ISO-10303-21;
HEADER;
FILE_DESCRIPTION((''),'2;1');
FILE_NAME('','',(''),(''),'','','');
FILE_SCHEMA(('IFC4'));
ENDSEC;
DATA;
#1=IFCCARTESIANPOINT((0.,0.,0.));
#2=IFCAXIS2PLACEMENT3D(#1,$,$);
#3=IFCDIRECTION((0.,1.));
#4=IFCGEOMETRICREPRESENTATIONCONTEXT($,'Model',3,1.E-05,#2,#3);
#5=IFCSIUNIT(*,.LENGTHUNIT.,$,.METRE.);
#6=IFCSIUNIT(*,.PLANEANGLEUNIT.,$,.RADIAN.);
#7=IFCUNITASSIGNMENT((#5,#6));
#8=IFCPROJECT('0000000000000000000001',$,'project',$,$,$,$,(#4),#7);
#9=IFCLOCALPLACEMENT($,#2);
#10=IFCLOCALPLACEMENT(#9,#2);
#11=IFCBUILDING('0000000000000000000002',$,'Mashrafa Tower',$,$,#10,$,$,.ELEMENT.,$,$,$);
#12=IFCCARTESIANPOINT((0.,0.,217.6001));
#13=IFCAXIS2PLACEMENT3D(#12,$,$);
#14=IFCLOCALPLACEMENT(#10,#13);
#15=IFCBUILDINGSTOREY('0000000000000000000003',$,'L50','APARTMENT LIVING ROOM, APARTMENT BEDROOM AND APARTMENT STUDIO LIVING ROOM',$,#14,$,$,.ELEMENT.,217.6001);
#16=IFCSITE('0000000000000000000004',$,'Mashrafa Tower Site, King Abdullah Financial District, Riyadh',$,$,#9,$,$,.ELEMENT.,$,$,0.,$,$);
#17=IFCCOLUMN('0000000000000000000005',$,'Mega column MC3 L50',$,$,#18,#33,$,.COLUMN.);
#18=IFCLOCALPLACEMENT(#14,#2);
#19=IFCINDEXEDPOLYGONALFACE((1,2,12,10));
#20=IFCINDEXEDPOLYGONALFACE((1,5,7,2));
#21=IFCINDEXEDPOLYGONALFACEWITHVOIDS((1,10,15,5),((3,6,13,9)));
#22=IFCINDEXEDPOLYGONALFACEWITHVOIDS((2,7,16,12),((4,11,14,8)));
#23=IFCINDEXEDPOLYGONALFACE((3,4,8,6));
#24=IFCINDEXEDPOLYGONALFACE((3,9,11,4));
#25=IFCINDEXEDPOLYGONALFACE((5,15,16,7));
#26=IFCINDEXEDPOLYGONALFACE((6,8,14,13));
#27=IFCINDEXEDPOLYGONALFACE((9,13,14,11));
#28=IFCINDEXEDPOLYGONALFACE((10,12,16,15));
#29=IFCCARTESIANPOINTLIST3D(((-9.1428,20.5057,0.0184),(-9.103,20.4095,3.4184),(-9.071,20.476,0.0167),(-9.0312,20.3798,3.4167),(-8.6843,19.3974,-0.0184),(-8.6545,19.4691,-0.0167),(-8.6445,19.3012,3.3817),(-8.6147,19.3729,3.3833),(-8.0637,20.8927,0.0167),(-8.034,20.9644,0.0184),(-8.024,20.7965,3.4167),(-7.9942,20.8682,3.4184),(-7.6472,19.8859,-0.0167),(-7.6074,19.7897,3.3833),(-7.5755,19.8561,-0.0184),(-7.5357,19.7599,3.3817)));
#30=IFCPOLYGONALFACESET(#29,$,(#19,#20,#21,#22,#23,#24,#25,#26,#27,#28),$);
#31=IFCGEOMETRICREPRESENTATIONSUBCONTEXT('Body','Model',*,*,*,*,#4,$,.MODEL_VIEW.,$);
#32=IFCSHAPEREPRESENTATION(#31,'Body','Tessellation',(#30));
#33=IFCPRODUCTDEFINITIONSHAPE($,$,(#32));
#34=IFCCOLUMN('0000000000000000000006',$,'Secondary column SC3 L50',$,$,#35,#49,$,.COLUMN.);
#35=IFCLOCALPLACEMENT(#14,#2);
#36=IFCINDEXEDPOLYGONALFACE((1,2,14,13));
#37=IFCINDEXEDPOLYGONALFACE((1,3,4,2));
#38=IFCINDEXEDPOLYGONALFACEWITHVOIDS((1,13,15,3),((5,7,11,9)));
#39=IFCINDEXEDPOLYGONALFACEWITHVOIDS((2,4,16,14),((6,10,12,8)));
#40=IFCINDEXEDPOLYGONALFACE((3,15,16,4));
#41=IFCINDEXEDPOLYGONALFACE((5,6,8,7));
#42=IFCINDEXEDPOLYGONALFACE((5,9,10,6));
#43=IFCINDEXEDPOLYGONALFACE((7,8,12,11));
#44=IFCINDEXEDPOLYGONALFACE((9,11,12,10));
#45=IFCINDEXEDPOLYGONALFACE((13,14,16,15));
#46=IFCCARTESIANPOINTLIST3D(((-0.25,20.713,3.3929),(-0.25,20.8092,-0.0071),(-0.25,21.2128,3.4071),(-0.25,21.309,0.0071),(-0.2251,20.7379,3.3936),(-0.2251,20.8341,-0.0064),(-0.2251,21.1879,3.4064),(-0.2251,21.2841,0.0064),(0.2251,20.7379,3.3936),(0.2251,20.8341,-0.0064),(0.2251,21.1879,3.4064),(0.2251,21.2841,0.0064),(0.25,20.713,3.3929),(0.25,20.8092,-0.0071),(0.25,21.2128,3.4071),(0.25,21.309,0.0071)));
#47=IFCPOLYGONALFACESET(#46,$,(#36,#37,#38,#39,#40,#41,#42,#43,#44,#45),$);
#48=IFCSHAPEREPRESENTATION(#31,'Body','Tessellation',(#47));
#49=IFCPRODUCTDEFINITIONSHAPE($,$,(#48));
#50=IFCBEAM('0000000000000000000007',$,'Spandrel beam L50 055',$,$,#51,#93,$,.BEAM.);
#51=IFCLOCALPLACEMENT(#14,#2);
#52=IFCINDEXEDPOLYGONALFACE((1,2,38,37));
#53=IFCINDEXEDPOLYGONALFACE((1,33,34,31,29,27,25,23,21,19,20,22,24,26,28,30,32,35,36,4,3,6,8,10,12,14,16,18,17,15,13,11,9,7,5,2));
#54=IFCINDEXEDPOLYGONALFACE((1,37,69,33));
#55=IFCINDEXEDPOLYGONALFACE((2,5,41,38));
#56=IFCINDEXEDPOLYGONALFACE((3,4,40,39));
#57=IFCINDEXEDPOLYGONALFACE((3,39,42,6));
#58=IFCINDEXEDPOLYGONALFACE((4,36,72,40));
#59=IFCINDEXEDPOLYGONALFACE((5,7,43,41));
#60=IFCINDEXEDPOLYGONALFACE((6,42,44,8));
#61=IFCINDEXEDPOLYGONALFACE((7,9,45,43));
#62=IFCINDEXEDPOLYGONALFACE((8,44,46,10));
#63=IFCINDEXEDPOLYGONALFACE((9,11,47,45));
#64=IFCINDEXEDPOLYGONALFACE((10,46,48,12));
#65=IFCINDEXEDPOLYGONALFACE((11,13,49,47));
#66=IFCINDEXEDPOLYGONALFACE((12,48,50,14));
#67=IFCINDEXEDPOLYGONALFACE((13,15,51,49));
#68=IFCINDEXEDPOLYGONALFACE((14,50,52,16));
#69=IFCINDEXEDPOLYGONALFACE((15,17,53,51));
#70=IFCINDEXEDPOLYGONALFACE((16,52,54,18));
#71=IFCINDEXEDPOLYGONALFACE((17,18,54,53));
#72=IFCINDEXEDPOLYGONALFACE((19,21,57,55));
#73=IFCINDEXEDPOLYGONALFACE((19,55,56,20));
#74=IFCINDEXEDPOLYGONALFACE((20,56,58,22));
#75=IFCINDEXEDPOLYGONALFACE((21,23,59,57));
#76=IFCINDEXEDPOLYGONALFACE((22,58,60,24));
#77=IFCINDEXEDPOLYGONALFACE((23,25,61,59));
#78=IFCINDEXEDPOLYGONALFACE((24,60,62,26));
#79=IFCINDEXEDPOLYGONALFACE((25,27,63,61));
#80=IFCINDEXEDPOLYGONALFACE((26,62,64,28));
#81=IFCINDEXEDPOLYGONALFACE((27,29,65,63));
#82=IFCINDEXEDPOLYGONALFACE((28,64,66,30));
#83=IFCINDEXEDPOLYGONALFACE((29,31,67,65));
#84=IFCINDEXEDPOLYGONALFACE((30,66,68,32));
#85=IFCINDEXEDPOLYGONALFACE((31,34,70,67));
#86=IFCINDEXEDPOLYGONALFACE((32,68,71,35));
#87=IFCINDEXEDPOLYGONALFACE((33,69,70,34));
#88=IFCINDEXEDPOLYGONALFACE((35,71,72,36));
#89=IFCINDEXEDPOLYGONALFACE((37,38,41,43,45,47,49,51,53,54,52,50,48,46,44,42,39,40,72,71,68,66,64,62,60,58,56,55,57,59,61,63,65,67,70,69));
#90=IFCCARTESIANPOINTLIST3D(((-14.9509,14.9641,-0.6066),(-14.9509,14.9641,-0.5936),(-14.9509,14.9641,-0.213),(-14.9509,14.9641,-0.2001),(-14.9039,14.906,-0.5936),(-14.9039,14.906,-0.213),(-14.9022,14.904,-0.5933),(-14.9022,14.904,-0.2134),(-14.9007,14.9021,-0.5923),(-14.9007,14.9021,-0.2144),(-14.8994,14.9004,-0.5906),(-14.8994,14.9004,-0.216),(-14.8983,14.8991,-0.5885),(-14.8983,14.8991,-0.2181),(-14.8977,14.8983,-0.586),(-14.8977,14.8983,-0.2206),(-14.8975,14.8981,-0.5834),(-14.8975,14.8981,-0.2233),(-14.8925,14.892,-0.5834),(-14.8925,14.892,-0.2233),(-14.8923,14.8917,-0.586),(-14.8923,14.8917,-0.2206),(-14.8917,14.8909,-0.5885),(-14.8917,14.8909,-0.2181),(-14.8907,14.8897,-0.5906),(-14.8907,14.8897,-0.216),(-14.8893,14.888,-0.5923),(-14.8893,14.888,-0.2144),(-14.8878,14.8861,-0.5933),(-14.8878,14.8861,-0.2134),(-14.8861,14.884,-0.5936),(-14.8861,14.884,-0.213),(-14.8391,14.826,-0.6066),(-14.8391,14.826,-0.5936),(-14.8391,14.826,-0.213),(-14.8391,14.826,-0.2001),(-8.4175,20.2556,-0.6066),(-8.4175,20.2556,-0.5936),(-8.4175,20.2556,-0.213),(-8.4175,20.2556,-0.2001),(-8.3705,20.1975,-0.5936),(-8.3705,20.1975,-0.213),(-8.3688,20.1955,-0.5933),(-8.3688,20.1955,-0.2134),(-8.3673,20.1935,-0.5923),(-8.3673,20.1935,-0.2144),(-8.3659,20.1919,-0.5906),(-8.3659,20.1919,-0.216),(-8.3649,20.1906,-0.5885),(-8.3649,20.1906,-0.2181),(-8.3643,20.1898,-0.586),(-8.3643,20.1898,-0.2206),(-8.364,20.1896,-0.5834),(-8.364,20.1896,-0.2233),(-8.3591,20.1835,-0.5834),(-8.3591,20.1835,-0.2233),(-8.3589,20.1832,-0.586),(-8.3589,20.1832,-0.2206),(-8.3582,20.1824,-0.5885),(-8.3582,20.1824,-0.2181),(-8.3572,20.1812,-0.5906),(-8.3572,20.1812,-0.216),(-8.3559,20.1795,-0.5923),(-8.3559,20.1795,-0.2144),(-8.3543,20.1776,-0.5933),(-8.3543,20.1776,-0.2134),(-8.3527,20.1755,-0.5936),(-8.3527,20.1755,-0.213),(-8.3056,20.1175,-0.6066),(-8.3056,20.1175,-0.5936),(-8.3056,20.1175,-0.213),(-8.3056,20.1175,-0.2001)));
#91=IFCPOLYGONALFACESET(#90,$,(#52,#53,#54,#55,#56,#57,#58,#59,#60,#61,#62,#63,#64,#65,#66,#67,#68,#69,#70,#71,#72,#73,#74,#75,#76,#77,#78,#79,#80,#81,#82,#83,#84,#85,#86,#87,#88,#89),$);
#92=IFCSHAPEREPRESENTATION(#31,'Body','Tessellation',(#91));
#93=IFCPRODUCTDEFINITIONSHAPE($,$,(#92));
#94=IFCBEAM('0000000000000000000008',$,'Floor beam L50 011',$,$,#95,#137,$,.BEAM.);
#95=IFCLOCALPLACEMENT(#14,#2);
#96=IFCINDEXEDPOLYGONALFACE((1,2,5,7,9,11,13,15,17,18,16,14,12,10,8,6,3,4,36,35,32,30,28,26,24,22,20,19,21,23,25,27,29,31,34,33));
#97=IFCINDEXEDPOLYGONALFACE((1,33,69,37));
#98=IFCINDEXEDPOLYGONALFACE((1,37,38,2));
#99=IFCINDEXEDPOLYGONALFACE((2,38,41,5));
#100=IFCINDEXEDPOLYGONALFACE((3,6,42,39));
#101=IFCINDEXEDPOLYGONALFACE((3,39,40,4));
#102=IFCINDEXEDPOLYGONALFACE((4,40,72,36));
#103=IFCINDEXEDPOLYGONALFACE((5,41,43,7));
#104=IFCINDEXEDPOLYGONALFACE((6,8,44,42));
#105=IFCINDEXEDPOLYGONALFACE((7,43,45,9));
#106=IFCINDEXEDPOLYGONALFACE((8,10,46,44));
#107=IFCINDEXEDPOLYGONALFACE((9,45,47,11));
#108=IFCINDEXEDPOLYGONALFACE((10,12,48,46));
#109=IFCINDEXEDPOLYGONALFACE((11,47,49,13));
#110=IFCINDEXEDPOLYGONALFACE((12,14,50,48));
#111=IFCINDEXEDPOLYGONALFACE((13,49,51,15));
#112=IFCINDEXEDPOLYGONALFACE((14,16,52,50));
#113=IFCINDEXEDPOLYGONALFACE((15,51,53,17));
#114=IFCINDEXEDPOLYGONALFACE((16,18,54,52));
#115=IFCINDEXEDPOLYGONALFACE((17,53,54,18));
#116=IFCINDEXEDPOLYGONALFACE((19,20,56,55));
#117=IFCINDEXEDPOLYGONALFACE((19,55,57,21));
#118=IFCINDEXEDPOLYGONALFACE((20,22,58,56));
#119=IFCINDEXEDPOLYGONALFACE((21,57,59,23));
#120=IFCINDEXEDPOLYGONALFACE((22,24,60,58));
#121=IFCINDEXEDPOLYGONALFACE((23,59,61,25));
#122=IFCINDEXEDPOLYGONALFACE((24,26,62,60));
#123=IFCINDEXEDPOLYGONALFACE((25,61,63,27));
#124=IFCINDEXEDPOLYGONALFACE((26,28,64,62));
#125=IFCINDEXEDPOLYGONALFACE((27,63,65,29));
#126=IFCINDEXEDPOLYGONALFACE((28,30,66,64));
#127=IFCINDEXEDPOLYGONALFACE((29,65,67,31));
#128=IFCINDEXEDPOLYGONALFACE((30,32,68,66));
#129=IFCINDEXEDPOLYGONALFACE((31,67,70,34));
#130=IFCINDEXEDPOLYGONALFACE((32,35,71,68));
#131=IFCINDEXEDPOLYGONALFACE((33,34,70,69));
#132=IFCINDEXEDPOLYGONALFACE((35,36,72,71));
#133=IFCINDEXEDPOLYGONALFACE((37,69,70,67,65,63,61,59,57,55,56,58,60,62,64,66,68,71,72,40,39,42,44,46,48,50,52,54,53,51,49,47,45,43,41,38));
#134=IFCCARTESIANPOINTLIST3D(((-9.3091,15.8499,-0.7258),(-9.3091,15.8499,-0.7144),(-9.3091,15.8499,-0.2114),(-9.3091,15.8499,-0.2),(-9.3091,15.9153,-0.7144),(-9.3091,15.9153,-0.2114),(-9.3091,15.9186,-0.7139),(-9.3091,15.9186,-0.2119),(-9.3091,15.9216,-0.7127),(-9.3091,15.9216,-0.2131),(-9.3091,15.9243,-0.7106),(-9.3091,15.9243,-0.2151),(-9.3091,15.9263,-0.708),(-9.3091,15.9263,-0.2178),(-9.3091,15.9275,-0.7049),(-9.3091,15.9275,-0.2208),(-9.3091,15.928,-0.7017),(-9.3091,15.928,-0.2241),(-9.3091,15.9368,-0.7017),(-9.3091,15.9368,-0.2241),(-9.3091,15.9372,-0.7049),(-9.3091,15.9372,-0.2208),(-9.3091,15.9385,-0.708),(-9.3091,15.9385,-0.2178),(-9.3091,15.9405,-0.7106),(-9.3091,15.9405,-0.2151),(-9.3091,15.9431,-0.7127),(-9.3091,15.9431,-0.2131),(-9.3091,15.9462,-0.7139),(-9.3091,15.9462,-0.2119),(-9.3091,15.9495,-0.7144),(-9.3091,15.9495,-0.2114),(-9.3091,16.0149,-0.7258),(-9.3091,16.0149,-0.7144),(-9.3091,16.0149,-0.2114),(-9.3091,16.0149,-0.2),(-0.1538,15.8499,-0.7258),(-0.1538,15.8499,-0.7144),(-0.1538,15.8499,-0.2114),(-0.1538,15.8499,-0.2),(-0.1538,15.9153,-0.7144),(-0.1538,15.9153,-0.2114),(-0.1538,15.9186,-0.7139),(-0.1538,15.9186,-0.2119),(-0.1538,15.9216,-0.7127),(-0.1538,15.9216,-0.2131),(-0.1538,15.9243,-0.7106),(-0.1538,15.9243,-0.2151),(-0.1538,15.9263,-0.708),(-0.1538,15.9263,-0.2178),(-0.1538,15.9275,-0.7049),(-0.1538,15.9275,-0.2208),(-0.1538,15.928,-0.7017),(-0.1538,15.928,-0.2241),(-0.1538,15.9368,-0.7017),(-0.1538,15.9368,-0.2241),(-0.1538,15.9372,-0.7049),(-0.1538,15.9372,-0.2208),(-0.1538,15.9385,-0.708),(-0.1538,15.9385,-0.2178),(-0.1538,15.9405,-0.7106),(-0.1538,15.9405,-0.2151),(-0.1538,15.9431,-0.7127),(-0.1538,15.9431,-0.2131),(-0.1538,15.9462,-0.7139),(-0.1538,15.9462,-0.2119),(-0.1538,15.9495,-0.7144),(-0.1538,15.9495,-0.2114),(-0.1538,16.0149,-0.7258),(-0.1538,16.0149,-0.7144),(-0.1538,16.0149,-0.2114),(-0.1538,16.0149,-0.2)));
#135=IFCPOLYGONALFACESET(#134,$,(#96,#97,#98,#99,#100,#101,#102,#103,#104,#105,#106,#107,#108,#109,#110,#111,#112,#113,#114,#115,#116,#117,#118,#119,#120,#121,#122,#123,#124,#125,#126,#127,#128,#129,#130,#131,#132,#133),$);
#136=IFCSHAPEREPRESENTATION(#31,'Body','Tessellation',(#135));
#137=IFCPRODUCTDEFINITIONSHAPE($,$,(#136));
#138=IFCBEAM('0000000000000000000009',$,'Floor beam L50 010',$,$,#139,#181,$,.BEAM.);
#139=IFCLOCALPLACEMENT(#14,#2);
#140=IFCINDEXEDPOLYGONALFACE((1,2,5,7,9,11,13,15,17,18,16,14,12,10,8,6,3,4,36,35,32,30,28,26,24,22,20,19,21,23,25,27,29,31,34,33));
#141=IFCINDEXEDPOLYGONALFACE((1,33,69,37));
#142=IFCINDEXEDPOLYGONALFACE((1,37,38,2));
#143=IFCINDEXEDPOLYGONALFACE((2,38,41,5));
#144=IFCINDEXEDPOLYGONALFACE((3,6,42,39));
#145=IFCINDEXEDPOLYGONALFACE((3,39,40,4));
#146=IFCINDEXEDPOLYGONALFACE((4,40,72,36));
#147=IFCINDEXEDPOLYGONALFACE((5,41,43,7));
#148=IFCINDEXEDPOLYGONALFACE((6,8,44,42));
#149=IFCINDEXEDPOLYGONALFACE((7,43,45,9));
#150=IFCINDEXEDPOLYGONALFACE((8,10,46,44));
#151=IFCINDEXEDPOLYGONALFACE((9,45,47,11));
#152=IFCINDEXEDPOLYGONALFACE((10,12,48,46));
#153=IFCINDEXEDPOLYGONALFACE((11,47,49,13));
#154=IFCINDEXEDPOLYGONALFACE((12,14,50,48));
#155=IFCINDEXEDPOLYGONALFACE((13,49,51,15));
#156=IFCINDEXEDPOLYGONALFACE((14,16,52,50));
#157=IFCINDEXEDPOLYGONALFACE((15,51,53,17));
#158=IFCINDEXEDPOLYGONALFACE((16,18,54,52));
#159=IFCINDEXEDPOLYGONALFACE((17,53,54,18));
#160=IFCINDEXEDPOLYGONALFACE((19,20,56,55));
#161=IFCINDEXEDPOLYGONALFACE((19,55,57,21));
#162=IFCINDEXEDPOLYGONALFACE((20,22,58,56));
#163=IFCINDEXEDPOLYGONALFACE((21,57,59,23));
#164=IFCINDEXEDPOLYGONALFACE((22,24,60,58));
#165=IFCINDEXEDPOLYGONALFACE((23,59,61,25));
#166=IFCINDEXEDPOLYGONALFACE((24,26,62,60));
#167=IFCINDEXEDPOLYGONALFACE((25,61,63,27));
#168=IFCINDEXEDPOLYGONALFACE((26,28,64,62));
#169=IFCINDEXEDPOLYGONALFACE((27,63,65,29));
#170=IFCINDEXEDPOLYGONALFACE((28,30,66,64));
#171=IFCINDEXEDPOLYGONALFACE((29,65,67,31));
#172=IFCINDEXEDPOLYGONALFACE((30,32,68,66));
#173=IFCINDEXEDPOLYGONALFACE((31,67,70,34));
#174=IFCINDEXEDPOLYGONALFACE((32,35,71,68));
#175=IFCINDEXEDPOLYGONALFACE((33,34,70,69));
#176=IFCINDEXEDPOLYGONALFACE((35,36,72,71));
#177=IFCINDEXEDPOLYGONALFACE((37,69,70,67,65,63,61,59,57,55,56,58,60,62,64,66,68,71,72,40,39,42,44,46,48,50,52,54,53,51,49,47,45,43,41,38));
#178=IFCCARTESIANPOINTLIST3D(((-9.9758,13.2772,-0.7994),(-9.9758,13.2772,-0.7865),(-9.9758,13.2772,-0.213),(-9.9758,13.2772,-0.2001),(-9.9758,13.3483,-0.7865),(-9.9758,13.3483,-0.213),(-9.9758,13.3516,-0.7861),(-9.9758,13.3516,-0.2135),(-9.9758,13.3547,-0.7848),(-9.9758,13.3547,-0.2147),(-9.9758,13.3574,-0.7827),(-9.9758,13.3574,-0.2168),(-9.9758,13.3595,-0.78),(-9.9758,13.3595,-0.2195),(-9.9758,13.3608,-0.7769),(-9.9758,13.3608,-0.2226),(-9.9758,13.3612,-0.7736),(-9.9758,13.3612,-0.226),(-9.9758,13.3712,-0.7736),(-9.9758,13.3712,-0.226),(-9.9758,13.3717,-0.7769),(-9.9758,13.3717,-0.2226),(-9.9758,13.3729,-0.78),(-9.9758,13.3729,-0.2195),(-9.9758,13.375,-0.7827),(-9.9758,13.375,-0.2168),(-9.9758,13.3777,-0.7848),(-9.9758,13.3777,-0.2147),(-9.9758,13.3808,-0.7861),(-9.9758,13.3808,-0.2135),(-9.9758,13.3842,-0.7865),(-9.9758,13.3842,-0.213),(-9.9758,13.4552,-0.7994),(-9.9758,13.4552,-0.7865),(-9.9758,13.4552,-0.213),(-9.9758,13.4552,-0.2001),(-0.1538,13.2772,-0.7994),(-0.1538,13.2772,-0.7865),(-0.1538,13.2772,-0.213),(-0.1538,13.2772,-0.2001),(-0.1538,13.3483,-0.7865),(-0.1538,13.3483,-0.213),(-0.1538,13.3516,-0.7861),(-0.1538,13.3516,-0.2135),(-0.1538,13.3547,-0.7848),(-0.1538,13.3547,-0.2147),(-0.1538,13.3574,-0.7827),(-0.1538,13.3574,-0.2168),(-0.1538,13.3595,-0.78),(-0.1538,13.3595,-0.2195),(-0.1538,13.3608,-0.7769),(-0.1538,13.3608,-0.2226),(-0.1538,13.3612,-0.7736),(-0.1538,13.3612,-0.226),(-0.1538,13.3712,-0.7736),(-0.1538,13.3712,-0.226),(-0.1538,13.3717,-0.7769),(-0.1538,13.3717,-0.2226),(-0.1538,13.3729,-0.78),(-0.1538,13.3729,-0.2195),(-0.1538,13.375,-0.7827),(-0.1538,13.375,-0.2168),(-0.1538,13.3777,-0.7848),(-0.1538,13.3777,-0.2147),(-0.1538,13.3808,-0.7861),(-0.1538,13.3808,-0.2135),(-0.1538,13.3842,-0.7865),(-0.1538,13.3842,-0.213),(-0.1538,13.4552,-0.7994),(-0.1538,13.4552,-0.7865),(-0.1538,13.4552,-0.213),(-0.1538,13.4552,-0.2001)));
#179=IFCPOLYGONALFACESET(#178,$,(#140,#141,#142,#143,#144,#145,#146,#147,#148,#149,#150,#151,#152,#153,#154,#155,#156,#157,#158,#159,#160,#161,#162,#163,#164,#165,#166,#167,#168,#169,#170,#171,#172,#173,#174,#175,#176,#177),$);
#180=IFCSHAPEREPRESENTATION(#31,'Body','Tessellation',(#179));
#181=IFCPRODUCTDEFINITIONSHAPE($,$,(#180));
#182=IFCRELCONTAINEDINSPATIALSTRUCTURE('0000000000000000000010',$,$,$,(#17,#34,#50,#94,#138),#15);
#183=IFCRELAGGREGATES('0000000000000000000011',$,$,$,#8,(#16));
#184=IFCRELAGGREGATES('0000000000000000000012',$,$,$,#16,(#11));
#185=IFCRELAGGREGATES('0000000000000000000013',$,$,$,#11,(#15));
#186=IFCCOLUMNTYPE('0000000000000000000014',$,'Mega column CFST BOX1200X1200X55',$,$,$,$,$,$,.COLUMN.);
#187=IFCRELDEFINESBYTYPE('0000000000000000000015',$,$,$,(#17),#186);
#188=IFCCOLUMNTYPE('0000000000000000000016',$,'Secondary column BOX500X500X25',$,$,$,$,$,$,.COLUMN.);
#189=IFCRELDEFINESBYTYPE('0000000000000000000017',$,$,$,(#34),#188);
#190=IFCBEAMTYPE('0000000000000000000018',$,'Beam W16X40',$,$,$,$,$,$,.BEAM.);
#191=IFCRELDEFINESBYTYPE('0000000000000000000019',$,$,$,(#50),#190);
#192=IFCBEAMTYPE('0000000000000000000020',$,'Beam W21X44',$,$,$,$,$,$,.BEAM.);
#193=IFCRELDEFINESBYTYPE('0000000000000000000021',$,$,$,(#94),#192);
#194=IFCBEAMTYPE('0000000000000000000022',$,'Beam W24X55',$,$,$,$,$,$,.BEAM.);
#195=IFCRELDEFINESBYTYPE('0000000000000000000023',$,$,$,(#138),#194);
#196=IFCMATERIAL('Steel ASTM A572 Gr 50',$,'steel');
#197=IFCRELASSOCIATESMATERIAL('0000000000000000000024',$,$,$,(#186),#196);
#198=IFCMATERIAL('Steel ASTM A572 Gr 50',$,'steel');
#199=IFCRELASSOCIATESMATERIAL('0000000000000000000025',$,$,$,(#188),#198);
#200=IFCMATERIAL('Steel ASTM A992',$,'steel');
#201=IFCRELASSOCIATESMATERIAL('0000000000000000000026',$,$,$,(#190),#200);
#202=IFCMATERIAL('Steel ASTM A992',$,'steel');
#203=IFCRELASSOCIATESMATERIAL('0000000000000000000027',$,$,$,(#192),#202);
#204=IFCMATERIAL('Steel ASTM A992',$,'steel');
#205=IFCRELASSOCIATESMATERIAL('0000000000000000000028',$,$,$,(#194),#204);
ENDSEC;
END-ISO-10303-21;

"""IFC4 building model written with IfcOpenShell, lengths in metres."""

from ifc_helpers import new_model, si_unit, direction, frame, origin, origin_2d, place, context, subcontext, project, spatial, hollow_rectangle, i_section, extrude, material, material_profile, profile_set, type_object, element, save


model = new_model("IFC4")

# Units and contexts
model_context = context("Model", 3, precision=1e-05, world=origin(), true_north=direction((0.0, 1.0)))
body_context = subcontext(model_context, "Body", "Model", "MODEL_VIEW")
ifc_project = project(units=[si_unit("LENGTHUNIT", "METRE"), si_unit("PLANEANGLEUNIT", "RADIAN")], contexts=[model_context])

# Site, building, storey
site_placement = place(None, origin())
site = spatial("IfcSite", under=ifc_project, at=site_placement, Name="Mashrafa Tower Site, King Abdullah Financial District, Riyadh", CompositionType="ELEMENT", RefElevation=0.0)
building_placement = place(site_placement, origin())
building = spatial("IfcBuilding", under=site, at=building_placement, Name="Mashrafa Tower", CompositionType="ELEMENT")
storey_placement = place(building_placement, frame((0.0, 0.0, 217.6001)))
storey = spatial("IfcBuildingStorey", under=building, at=storey_placement, Name="L50", Description="APARTMENT LIVING ROOM, APARTMENT BEDROOM AND APARTMENT STUDIO LIVING ROOM", CompositionType="ELEMENT", Elevation=217.6001)

# Columns
ifc_material_1 = material(Name="Steel ASTM A572 Gr 50", Category="steel")
ifc_material_profile_1 = material_profile(ifc_material_1, hollow_rectangle(XDim=1.2, YDim=1.2, WallThickness=0.0549, at=origin_2d()), Name="BOX1200X1200X55")
ifc_profile_set_1 = profile_set([ifc_material_profile_1], Name="Steel ASTM A572 Gr 50")
column_type_1 = type_object("IfcColumnType", Name="Mega column CFST BOX1200X1200X55", PredefinedType="COLUMN", material=ifc_profile_set_1)
column_1_placement = place(storey_placement, frame((-8.3591, 20.1809, 0.0), z_axis=(0.011699, -0.028279, 0.999532), x_axis=(0.924045, 0.382283, 0.0)))
element("IfcColumn", 1, at=column_1_placement, inside=storey, type_object=column_type_1, Name="Mega column MC3 L50", PredefinedType="COLUMN", context=body_context, shape_type="SweptSolid", body=[
    extrude(hollow_rectangle(XDim=1.2, YDim=1.2, WallThickness=0.0549, at=origin_2d()), origin(), (0.0, 0.0, 1.0), 3.4016),
])
ifc_material_2 = material(Name="Steel ASTM A572 Gr 50", Category="steel")
ifc_material_profile_2 = material_profile(ifc_material_2, hollow_rectangle(XDim=0.5, YDim=0.5, WallThickness=0.0249, at=origin_2d()), Name="BOX500X500X25")
ifc_profile_set_2 = profile_set([ifc_material_profile_2], Name="Steel ASTM A572 Gr 50")
column_type_2 = type_object("IfcColumnType", Name="Secondary column BOX500X500X25", PredefinedType="COLUMN", material=ifc_profile_set_2)
column_2_placement = place(storey_placement, frame((0.0, 21.0591, 0.0), z_axis=(0.0, -0.028281, 0.9996), x_axis=(1.0, 0.0, 0.0)))
element("IfcColumn", 2, at=column_2_placement, inside=storey, type_object=column_type_2, Name="Secondary column SC3 L50", PredefinedType="COLUMN", context=body_context, shape_type="SweptSolid", body=[
    extrude(hollow_rectangle(XDim=0.5, YDim=0.5, WallThickness=0.0249, at=origin_2d()), origin(), (0.0, 0.0, 1.0), 3.4014),
])

# Beams
ifc_material_3 = material(Name="Steel ASTM A992", Category="steel")
ifc_material_profile_3 = material_profile(ifc_material_3, i_section(OverallWidth=0.1777, OverallDepth=0.4065, WebThickness=0.0078, FlangeThickness=0.0129, FilletRadius=0.0103, at=origin_2d()), Name="W16X40")
ifc_profile_set_3 = profile_set([ifc_material_profile_3], Name="Steel ASTM A992")
beam_type_1 = type_object("IfcBeamType", Name="Beam W16X40", PredefinedType="BEAM", material=ifc_profile_set_3)
beam_1_placement = place(storey_placement, frame((-8.3616, 20.1865, -0.4033), z_axis=(-0.777098, -0.629379, 0.0), x_axis=(0.629379, -0.777098, 0.0)))
element("IfcBeam", 3, at=beam_1_placement, inside=storey, type_object=beam_type_1, Name="Spandrel beam L50 055", PredefinedType="BEAM", context=body_context, shape_type="SweptSolid", body=[
    extrude(i_section(OverallWidth=0.1777, OverallDepth=0.4065, WebThickness=0.0078, FlangeThickness=0.0129, FilletRadius=0.0103, at=origin_2d()), origin(), (0.0, 0.0, 1.0), 8.4075),
])
ifc_material_4 = material(Name="Steel ASTM A992", Category="steel")
ifc_material_profile_4 = material_profile(ifc_material_4, i_section(OverallWidth=0.165, OverallDepth=0.5259, WebThickness=0.0088, FlangeThickness=0.0115, FilletRadius=0.0127, at=origin_2d()), Name="W21X44")
ifc_profile_set_4 = profile_set([ifc_material_profile_4], Name="Steel ASTM A992")
beam_type_2 = type_object("IfcBeamType", Name="Beam W21X44", PredefinedType="BEAM", material=ifc_profile_set_4)
beam_2_placement = place(storey_placement, frame((-9.3091, 15.9324, -0.4629), z_axis=(1.0, 0.0, 0.0), x_axis=(0.0, 1.0, 0.0)))
element("IfcBeam", 4, at=beam_2_placement, inside=storey, type_object=beam_type_2, Name="Floor beam L50 011", PredefinedType="BEAM", context=body_context, shape_type="SweptSolid", body=[
    extrude(i_section(OverallWidth=0.165, OverallDepth=0.5259, WebThickness=0.0088, FlangeThickness=0.0115, FilletRadius=0.0127, at=origin_2d()), origin(), (0.0, 0.0, 1.0), 9.1553),
])
ifc_material_5 = material(Name="Steel ASTM A992", Category="steel")
ifc_material_profile_5 = material_profile(ifc_material_5, i_section(OverallWidth=0.178, OverallDepth=0.5994, WebThickness=0.01, FlangeThickness=0.0129, FilletRadius=0.0129, at=origin_2d()), Name="W24X55")
ifc_profile_set_5 = profile_set([ifc_material_profile_5], Name="Steel ASTM A992")
beam_type_3 = type_object("IfcBeamType", Name="Beam W24X55", PredefinedType="BEAM", material=ifc_profile_set_5)
beam_3_placement = place(storey_placement, frame((-9.9758, 13.3662, -0.4998), z_axis=(1.0, 0.0, 0.0), x_axis=(0.0, 1.0, 0.0)))
element("IfcBeam", 5, at=beam_3_placement, inside=storey, type_object=beam_type_3, Name="Floor beam L50 010", PredefinedType="BEAM", context=body_context, shape_type="SweptSolid", body=[
    extrude(i_section(OverallWidth=0.178, OverallDepth=0.5994, WebThickness=0.01, FlangeThickness=0.0129, FilletRadius=0.0129, at=origin_2d()), origin(), (0.0, 0.0, 1.0), 9.822),
])

save(model, "model.ifc")
